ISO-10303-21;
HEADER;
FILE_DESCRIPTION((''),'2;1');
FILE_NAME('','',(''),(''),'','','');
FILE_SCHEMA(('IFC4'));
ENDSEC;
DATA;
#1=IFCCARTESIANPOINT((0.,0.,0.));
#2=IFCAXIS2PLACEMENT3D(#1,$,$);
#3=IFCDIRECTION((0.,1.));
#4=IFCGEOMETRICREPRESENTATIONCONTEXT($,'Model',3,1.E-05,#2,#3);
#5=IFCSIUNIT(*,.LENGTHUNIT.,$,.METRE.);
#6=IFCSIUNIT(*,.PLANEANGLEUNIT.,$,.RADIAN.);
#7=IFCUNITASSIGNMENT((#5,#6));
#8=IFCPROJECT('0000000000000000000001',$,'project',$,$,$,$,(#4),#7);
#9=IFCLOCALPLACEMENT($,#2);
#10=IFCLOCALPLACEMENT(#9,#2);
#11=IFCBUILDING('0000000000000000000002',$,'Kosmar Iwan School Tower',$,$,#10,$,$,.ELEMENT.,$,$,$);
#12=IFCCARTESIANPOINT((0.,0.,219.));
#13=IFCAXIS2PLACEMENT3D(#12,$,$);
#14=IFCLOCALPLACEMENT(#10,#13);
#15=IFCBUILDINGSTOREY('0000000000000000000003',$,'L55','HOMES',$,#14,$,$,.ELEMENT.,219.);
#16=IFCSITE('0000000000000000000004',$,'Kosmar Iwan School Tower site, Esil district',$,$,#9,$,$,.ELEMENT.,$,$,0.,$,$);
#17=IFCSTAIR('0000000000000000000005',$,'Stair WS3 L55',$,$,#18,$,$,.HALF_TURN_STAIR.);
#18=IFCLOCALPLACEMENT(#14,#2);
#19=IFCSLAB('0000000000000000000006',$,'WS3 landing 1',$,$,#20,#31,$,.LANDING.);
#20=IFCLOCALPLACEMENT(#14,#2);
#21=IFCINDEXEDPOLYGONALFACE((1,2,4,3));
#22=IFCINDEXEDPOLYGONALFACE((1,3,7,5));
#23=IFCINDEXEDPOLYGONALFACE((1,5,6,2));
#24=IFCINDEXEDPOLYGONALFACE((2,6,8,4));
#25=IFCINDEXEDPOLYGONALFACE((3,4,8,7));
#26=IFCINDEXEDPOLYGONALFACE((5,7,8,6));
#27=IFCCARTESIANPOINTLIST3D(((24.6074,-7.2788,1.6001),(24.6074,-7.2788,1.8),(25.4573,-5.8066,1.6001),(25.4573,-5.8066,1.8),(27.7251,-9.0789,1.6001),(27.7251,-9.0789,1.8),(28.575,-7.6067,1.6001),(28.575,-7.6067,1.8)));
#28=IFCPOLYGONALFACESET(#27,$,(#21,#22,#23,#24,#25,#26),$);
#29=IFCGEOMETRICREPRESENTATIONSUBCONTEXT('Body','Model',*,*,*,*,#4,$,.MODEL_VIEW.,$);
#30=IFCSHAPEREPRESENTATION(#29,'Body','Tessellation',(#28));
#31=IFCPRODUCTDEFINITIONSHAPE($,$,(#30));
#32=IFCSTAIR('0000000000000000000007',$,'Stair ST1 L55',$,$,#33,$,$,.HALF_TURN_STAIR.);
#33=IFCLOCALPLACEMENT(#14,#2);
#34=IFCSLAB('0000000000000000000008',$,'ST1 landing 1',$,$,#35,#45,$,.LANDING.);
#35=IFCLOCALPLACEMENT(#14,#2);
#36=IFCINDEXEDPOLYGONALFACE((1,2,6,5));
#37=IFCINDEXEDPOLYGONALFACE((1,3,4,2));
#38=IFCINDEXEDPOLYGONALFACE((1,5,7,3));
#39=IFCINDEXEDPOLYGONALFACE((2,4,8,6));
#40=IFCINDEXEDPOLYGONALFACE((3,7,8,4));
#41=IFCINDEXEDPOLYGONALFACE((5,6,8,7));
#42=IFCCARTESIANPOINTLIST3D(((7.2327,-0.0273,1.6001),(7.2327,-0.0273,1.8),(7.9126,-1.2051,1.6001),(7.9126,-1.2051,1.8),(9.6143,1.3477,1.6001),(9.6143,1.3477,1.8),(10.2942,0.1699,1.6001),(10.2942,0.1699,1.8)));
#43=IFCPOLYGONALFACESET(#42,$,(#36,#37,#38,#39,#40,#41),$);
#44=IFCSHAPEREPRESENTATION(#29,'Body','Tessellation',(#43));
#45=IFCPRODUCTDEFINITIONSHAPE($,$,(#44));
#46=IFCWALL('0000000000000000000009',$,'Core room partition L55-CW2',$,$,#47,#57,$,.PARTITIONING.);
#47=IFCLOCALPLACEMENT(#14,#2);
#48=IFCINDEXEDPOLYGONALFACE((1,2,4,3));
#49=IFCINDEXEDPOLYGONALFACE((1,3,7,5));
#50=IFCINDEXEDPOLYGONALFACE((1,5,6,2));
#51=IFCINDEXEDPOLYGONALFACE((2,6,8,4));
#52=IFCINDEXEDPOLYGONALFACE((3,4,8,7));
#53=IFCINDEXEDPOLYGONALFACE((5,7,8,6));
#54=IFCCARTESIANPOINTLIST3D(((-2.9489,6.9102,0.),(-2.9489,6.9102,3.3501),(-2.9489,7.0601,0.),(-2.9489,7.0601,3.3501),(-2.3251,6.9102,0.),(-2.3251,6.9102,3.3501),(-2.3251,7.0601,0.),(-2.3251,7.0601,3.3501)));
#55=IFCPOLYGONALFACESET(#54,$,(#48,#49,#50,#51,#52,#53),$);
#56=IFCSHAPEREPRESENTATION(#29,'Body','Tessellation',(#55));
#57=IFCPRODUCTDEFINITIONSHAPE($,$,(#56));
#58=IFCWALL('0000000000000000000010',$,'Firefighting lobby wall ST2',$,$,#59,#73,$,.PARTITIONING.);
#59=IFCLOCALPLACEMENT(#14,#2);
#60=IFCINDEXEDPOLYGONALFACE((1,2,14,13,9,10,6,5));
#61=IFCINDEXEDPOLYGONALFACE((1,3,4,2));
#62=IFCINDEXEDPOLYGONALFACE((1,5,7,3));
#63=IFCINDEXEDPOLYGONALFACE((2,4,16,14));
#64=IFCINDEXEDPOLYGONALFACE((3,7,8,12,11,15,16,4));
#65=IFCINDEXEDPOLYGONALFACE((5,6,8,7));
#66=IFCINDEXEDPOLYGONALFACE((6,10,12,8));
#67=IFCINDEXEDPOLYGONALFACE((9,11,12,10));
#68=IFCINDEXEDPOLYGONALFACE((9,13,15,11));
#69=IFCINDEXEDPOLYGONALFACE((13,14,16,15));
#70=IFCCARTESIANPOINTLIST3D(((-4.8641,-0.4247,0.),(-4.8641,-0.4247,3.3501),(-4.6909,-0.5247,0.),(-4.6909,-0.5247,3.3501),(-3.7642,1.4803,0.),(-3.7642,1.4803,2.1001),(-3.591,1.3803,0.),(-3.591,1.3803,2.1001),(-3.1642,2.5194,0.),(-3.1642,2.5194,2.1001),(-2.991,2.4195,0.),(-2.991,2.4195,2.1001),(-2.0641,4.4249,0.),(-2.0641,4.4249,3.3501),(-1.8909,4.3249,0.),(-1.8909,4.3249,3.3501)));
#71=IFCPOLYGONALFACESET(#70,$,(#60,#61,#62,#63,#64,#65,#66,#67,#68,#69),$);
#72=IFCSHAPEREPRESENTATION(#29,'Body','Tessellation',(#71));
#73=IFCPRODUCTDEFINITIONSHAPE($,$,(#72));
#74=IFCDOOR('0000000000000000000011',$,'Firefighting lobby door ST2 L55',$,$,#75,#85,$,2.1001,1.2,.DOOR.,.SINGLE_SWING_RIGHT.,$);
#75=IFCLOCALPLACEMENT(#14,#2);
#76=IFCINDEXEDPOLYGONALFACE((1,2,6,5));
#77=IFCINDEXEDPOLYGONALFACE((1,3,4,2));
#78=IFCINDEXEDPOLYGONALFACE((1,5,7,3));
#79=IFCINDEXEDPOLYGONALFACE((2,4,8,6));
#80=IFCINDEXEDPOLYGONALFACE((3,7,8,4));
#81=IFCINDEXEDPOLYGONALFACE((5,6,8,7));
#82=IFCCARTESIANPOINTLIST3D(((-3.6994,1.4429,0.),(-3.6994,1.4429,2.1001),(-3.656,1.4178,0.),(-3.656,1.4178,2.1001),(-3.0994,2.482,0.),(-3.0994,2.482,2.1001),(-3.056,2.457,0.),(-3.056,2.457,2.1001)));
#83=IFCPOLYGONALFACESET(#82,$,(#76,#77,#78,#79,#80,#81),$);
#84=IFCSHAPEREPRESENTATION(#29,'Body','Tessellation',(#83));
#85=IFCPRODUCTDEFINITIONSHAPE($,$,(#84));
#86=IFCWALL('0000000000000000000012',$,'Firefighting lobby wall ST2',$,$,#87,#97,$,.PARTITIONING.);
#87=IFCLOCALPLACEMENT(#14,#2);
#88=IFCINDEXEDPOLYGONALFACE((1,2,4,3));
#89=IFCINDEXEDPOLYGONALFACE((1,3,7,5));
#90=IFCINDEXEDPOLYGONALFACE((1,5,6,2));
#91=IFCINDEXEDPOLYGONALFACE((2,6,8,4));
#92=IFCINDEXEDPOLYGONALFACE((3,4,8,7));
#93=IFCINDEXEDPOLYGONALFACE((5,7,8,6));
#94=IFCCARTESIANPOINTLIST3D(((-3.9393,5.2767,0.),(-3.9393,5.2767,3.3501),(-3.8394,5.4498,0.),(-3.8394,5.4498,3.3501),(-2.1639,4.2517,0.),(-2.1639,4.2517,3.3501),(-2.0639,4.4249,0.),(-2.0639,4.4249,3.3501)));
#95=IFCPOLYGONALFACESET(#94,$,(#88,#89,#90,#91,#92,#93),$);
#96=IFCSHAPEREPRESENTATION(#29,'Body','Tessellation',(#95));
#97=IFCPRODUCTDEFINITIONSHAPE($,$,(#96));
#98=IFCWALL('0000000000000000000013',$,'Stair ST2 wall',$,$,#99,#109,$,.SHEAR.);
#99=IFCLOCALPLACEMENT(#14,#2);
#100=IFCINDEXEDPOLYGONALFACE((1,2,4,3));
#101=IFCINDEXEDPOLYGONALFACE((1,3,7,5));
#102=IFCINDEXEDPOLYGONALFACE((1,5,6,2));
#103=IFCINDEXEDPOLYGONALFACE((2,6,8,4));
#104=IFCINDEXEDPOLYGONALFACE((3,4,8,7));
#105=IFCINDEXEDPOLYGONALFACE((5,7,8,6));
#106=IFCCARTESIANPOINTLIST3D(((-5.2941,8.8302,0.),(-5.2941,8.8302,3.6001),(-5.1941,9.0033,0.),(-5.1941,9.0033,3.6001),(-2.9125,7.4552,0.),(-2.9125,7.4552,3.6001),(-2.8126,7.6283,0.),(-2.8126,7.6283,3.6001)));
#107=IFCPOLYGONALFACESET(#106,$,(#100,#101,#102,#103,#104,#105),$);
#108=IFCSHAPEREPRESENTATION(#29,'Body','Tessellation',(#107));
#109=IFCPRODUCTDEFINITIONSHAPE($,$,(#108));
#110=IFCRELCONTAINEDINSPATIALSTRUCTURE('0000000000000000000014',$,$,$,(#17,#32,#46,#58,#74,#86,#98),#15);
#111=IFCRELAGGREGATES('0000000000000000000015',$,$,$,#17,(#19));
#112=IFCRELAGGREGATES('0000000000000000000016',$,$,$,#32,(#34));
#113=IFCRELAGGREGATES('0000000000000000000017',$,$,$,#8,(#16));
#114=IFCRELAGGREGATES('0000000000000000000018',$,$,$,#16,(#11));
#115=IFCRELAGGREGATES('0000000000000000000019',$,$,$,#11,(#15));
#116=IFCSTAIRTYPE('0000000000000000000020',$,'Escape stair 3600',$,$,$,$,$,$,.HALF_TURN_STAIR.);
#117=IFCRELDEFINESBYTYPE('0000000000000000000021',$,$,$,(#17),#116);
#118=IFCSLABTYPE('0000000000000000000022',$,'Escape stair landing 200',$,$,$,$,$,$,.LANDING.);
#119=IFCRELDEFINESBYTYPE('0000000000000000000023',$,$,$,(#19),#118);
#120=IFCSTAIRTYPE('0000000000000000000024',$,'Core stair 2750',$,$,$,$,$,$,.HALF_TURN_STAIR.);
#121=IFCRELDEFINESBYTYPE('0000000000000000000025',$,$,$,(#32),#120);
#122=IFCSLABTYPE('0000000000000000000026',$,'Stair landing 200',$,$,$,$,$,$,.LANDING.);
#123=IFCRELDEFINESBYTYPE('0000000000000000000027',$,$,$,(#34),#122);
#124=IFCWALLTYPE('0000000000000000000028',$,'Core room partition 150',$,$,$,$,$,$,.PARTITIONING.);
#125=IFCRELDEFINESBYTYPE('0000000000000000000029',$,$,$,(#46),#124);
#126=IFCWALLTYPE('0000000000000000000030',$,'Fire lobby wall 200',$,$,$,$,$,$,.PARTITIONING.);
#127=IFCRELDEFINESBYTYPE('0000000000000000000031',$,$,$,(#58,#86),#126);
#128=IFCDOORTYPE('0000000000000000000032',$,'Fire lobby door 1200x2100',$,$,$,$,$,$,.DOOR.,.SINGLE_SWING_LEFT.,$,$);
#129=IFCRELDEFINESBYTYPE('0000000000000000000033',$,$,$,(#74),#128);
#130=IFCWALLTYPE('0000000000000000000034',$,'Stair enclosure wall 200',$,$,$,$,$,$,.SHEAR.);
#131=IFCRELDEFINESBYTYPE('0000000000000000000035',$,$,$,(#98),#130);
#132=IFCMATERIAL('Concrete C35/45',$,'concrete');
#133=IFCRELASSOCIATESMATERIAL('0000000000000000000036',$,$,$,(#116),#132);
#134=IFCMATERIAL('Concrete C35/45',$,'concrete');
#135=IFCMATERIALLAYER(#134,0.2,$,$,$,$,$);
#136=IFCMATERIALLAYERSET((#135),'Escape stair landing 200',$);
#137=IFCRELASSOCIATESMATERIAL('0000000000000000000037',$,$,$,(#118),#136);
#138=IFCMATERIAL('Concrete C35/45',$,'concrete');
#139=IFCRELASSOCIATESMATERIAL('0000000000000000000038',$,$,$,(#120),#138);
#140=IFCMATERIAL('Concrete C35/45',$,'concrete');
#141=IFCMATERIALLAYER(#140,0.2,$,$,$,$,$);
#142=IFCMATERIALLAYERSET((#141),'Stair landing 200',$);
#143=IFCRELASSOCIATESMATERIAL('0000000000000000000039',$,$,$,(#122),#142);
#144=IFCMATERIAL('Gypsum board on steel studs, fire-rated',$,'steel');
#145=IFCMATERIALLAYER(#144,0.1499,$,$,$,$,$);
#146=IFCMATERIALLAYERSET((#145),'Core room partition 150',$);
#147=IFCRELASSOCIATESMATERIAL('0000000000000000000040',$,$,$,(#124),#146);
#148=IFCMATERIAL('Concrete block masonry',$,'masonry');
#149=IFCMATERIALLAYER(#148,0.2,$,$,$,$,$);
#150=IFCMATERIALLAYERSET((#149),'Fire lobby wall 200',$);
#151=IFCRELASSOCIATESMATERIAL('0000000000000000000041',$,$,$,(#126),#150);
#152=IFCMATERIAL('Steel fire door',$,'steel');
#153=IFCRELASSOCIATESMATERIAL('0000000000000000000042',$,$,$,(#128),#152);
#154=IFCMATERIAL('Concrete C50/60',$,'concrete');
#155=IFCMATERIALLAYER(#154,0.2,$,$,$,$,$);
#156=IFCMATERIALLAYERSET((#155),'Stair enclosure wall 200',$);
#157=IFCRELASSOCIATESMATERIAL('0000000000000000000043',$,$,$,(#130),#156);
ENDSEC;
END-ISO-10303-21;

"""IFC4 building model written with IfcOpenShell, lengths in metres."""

from ifc_helpers import new_model, si_unit, direction, frame, frame_2d, origin, place, context, subcontext, project, spatial, polyline, rectangle, outline, extrude, material, layer, layer_set, type_object, element, fill, aggregate, save


model = new_model("IFC4")

# Units and contexts
model_context = context("Model", 3, precision=1e-05, world=origin(), true_north=direction((0.0, 1.0)))
body_context = subcontext(model_context, "Body", "Model", "MODEL_VIEW")
ifc_project = project(units=[si_unit("LENGTHUNIT", "METRE"), si_unit("PLANEANGLEUNIT", "RADIAN")], contexts=[model_context])

# Site, building, storey
site_placement = place(None, origin())
site = spatial("IfcSite", under=ifc_project, at=site_placement, Name="Kosmar Iwan School Tower site, Esil district", CompositionType="ELEMENT", RefElevation=0.0)
building_placement = place(site_placement, origin())
building = spatial("IfcBuilding", under=site, at=building_placement, Name="Kosmar Iwan School Tower", CompositionType="ELEMENT")
storey_placement = place(building_placement, frame((0.0, 0.0, 219.0)))
storey = spatial("IfcBuildingStorey", under=building, at=storey_placement, Name="L55", Description="HOMES", CompositionType="ELEMENT", Elevation=219.0)

# Stairs, slabs
ifc_material_1 = material(Name="Concrete C35/45", Category="concrete")
stair_type_1 = type_object("IfcStairType", Name="Escape stair 3600", PredefinedType="HALF_TURN_STAIR", material=ifc_material_1)
stair_1_placement = place(storey_placement, origin())
stair_1 = element("IfcStair", 1, at=stair_1_placement, inside=storey, type_object=stair_type_1, Name="Stair WS3 L55", PredefinedType="HALF_TURN_STAIR")
ifc_material_2 = material(Name="Concrete C35/45", Category="concrete")
ifc_layer_1 = layer(ifc_material_2, 0.2)
ifc_layer_set_1 = layer_set([ifc_layer_1], Name="Escape stair landing 200")
slab_type_1 = type_object("IfcSlabType", Name="Escape stair landing 200", PredefinedType="LANDING", material=ifc_layer_set_1)
slab_1_placement = place(storey_placement, frame((0.0, 0.0, 1.6001)))
slab_1 = element("IfcSlab", 2, at=slab_1_placement, type_object=slab_type_1, Name="WS3 landing 1", PredefinedType="LANDING", context=body_context, shape_type="SweptSolid", body=[
    extrude(outline(polyline([(24.6074, -7.2788), (27.7251, -9.0789), (28.575, -7.6067), (25.4573, -5.8066), (24.6074, -7.2788)])), origin(), (0.0, 0.0, 1.0), 0.2),
])
aggregate(stair_1, [slab_1])
ifc_material_3 = material(Name="Concrete C35/45", Category="concrete")
stair_type_2 = type_object("IfcStairType", Name="Core stair 2750", PredefinedType="HALF_TURN_STAIR", material=ifc_material_3)
stair_2_placement = place(storey_placement, origin())
stair_2 = element("IfcStair", 3, at=stair_2_placement, inside=storey, type_object=stair_type_2, Name="Stair ST1 L55", PredefinedType="HALF_TURN_STAIR")
ifc_material_4 = material(Name="Concrete C35/45", Category="concrete")
ifc_layer_2 = layer(ifc_material_4, 0.2)
ifc_layer_set_2 = layer_set([ifc_layer_2], Name="Stair landing 200")
slab_type_2 = type_object("IfcSlabType", Name="Stair landing 200", PredefinedType="LANDING", material=ifc_layer_set_2)
slab_2_placement = place(storey_placement, frame((0.0, 0.0, 1.6001)))
slab_2 = element("IfcSlab", 4, at=slab_2_placement, type_object=slab_type_2, Name="ST1 landing 1", PredefinedType="LANDING", context=body_context, shape_type="SweptSolid", body=[
    extrude(outline(polyline([(7.9126, -1.2051), (10.2942, 0.1699), (9.6143, 1.3477), (7.2327, -0.0273), (7.9126, -1.2051)])), origin(), (0.0, 0.0, 1.0), 0.2),
])
aggregate(stair_2, [slab_2])

# Wall
ifc_material_5 = material(Name="Gypsum board on steel studs, fire-rated", Category="steel")
ifc_layer_3 = layer(ifc_material_5, 0.1499)
ifc_layer_set_3 = layer_set([ifc_layer_3], Name="Core room partition 150")
wall_type_1 = type_object("IfcWallType", Name="Core room partition 150", PredefinedType="PARTITIONING", material=ifc_layer_set_3)
wall_1_placement = place(storey_placement, frame((-2.325, 6.9851, 0.0), z_axis=(0.0, 0.0, 1.0), x_axis=(-1.0, 0.0, 0.0)))
element("IfcWall", 5, at=wall_1_placement, inside=storey, type_object=wall_type_1, Name="Core room partition L55-CW2", PredefinedType="PARTITIONING", context=body_context, shape_type="SweptSolid", body=[
    extrude(rectangle(XDim=0.6238, YDim=0.1499, at=frame_2d((0.312, 0.0))), origin(), (0.0, 0.0, 1.0), 3.3501),
])

# Wall, opening, door
ifc_material_6 = material(Name="Concrete block masonry", Category="masonry")
ifc_layer_4 = layer(ifc_material_6, 0.2)
ifc_layer_set_4 = layer_set([ifc_layer_4], Name="Fire lobby wall 200")
wall_type_2 = type_object("IfcWallType", Name="Fire lobby wall 200", PredefinedType="PARTITIONING", material=ifc_layer_set_4)
wall_2_placement = place(storey_placement, frame((-1.9775, 4.3748, 0.0), z_axis=(0.0, 0.0, 1.0), x_axis=(-0.500017, -0.866016, 0.0)))
wall_2 = element("IfcWall", 6, at=wall_2_placement, inside=storey, type_object=wall_type_2, Name="Firefighting lobby wall ST2", PredefinedType="PARTITIONING", context=body_context, shape_type="SweptSolid", body=[
    extrude(rectangle(XDim=5.5999, YDim=0.2, at=frame_2d((2.7998, 0.0))), origin(), (0.0, 0.0, 1.0), 3.3501),
])
opening_placement = place(wall_2_placement, frame((2.2, 0.0, 0.0)))
opening = element("IfcOpeningElement", 7, at=opening_placement, cuts=wall_2, PredefinedType="OPENING", context=body_context, shape_type="SweptSolid", body=[
    extrude(rectangle(XDim=1.2, YDim=2.1001, at=frame_2d((0.6001, 1.05))), frame((0.0, 0.1121, 0.0), z_axis=(0.0, -1.0, 0.0), x_axis=(1.0, 0.0, 0.0)), (0.0, 0.0, 1.0), 0.2239),
])
ifc_material_7 = material(Name="Steel fire door", Category="steel")
door_type = type_object("IfcDoorType", Name="Fire lobby door 1200x2100", OperationType="SINGLE_SWING_LEFT", PredefinedType="DOOR", material=ifc_material_7)
door_placement = place(opening_placement, origin())
door = element("IfcDoor", 8, at=door_placement, inside=storey, type_object=door_type, Name="Firefighting lobby door ST2 L55", OperationType="SINGLE_SWING_RIGHT", OverallHeight=2.1001, OverallWidth=1.2, PredefinedType="DOOR", context=body_context, shape_type="SweptSolid", body=[
    extrude(rectangle(XDim=1.2, YDim=2.1001, at=frame_2d((0.6001, 1.05))), frame((0.0, 0.0249, 0.0), z_axis=(0.0, -1.0, 0.0), x_axis=(1.0, 0.0, 0.0)), (0.0, 0.0, 1.0), 0.05),
])
fill(opening, door)

# Walls
wall_3_placement = place(storey_placement, frame((-2.114, 4.3384, 0.0), z_axis=(0.0, 0.0, 1.0), x_axis=(-0.866051, 0.499956, 0.0)))
element("IfcWall", 9, at=wall_3_placement, inside=storey, type_object=wall_type_2, Name="Firefighting lobby wall ST2", PredefinedType="PARTITIONING", context=body_context, shape_type="SweptSolid", body=[
    extrude(rectangle(XDim=2.05, YDim=0.2, at=frame_2d((1.0249, 0.0))), origin(), (0.0, 0.0, 1.0), 3.3501),
])
ifc_material_8 = material(Name="Concrete C50/60", Category="concrete")
ifc_layer_5 = layer(ifc_material_8, 0.2)
ifc_layer_set_5 = layer_set([ifc_layer_5], Name="Stair enclosure wall 200")
wall_type_3 = type_object("IfcWallType", Name="Stair enclosure wall 200", PredefinedType="SHEAR", material=ifc_layer_set_5)
wall_4_placement = place(storey_placement, frame((-2.8625, 7.5417, 0.0), z_axis=(0.0, 0.0, 1.0), x_axis=(-0.866027, 0.499997, 0.0)))
element("IfcWall", 10, at=wall_4_placement, inside=storey, type_object=wall_type_3, Name="Stair ST2 wall", PredefinedType="SHEAR", context=body_context, shape_type="SweptSolid", body=[
    extrude(rectangle(XDim=2.75, YDim=0.2, at=frame_2d((1.375, 0.0))), origin(), (0.0, 0.0, 1.0), 3.6001),
])

save(model, "model.ifc")
